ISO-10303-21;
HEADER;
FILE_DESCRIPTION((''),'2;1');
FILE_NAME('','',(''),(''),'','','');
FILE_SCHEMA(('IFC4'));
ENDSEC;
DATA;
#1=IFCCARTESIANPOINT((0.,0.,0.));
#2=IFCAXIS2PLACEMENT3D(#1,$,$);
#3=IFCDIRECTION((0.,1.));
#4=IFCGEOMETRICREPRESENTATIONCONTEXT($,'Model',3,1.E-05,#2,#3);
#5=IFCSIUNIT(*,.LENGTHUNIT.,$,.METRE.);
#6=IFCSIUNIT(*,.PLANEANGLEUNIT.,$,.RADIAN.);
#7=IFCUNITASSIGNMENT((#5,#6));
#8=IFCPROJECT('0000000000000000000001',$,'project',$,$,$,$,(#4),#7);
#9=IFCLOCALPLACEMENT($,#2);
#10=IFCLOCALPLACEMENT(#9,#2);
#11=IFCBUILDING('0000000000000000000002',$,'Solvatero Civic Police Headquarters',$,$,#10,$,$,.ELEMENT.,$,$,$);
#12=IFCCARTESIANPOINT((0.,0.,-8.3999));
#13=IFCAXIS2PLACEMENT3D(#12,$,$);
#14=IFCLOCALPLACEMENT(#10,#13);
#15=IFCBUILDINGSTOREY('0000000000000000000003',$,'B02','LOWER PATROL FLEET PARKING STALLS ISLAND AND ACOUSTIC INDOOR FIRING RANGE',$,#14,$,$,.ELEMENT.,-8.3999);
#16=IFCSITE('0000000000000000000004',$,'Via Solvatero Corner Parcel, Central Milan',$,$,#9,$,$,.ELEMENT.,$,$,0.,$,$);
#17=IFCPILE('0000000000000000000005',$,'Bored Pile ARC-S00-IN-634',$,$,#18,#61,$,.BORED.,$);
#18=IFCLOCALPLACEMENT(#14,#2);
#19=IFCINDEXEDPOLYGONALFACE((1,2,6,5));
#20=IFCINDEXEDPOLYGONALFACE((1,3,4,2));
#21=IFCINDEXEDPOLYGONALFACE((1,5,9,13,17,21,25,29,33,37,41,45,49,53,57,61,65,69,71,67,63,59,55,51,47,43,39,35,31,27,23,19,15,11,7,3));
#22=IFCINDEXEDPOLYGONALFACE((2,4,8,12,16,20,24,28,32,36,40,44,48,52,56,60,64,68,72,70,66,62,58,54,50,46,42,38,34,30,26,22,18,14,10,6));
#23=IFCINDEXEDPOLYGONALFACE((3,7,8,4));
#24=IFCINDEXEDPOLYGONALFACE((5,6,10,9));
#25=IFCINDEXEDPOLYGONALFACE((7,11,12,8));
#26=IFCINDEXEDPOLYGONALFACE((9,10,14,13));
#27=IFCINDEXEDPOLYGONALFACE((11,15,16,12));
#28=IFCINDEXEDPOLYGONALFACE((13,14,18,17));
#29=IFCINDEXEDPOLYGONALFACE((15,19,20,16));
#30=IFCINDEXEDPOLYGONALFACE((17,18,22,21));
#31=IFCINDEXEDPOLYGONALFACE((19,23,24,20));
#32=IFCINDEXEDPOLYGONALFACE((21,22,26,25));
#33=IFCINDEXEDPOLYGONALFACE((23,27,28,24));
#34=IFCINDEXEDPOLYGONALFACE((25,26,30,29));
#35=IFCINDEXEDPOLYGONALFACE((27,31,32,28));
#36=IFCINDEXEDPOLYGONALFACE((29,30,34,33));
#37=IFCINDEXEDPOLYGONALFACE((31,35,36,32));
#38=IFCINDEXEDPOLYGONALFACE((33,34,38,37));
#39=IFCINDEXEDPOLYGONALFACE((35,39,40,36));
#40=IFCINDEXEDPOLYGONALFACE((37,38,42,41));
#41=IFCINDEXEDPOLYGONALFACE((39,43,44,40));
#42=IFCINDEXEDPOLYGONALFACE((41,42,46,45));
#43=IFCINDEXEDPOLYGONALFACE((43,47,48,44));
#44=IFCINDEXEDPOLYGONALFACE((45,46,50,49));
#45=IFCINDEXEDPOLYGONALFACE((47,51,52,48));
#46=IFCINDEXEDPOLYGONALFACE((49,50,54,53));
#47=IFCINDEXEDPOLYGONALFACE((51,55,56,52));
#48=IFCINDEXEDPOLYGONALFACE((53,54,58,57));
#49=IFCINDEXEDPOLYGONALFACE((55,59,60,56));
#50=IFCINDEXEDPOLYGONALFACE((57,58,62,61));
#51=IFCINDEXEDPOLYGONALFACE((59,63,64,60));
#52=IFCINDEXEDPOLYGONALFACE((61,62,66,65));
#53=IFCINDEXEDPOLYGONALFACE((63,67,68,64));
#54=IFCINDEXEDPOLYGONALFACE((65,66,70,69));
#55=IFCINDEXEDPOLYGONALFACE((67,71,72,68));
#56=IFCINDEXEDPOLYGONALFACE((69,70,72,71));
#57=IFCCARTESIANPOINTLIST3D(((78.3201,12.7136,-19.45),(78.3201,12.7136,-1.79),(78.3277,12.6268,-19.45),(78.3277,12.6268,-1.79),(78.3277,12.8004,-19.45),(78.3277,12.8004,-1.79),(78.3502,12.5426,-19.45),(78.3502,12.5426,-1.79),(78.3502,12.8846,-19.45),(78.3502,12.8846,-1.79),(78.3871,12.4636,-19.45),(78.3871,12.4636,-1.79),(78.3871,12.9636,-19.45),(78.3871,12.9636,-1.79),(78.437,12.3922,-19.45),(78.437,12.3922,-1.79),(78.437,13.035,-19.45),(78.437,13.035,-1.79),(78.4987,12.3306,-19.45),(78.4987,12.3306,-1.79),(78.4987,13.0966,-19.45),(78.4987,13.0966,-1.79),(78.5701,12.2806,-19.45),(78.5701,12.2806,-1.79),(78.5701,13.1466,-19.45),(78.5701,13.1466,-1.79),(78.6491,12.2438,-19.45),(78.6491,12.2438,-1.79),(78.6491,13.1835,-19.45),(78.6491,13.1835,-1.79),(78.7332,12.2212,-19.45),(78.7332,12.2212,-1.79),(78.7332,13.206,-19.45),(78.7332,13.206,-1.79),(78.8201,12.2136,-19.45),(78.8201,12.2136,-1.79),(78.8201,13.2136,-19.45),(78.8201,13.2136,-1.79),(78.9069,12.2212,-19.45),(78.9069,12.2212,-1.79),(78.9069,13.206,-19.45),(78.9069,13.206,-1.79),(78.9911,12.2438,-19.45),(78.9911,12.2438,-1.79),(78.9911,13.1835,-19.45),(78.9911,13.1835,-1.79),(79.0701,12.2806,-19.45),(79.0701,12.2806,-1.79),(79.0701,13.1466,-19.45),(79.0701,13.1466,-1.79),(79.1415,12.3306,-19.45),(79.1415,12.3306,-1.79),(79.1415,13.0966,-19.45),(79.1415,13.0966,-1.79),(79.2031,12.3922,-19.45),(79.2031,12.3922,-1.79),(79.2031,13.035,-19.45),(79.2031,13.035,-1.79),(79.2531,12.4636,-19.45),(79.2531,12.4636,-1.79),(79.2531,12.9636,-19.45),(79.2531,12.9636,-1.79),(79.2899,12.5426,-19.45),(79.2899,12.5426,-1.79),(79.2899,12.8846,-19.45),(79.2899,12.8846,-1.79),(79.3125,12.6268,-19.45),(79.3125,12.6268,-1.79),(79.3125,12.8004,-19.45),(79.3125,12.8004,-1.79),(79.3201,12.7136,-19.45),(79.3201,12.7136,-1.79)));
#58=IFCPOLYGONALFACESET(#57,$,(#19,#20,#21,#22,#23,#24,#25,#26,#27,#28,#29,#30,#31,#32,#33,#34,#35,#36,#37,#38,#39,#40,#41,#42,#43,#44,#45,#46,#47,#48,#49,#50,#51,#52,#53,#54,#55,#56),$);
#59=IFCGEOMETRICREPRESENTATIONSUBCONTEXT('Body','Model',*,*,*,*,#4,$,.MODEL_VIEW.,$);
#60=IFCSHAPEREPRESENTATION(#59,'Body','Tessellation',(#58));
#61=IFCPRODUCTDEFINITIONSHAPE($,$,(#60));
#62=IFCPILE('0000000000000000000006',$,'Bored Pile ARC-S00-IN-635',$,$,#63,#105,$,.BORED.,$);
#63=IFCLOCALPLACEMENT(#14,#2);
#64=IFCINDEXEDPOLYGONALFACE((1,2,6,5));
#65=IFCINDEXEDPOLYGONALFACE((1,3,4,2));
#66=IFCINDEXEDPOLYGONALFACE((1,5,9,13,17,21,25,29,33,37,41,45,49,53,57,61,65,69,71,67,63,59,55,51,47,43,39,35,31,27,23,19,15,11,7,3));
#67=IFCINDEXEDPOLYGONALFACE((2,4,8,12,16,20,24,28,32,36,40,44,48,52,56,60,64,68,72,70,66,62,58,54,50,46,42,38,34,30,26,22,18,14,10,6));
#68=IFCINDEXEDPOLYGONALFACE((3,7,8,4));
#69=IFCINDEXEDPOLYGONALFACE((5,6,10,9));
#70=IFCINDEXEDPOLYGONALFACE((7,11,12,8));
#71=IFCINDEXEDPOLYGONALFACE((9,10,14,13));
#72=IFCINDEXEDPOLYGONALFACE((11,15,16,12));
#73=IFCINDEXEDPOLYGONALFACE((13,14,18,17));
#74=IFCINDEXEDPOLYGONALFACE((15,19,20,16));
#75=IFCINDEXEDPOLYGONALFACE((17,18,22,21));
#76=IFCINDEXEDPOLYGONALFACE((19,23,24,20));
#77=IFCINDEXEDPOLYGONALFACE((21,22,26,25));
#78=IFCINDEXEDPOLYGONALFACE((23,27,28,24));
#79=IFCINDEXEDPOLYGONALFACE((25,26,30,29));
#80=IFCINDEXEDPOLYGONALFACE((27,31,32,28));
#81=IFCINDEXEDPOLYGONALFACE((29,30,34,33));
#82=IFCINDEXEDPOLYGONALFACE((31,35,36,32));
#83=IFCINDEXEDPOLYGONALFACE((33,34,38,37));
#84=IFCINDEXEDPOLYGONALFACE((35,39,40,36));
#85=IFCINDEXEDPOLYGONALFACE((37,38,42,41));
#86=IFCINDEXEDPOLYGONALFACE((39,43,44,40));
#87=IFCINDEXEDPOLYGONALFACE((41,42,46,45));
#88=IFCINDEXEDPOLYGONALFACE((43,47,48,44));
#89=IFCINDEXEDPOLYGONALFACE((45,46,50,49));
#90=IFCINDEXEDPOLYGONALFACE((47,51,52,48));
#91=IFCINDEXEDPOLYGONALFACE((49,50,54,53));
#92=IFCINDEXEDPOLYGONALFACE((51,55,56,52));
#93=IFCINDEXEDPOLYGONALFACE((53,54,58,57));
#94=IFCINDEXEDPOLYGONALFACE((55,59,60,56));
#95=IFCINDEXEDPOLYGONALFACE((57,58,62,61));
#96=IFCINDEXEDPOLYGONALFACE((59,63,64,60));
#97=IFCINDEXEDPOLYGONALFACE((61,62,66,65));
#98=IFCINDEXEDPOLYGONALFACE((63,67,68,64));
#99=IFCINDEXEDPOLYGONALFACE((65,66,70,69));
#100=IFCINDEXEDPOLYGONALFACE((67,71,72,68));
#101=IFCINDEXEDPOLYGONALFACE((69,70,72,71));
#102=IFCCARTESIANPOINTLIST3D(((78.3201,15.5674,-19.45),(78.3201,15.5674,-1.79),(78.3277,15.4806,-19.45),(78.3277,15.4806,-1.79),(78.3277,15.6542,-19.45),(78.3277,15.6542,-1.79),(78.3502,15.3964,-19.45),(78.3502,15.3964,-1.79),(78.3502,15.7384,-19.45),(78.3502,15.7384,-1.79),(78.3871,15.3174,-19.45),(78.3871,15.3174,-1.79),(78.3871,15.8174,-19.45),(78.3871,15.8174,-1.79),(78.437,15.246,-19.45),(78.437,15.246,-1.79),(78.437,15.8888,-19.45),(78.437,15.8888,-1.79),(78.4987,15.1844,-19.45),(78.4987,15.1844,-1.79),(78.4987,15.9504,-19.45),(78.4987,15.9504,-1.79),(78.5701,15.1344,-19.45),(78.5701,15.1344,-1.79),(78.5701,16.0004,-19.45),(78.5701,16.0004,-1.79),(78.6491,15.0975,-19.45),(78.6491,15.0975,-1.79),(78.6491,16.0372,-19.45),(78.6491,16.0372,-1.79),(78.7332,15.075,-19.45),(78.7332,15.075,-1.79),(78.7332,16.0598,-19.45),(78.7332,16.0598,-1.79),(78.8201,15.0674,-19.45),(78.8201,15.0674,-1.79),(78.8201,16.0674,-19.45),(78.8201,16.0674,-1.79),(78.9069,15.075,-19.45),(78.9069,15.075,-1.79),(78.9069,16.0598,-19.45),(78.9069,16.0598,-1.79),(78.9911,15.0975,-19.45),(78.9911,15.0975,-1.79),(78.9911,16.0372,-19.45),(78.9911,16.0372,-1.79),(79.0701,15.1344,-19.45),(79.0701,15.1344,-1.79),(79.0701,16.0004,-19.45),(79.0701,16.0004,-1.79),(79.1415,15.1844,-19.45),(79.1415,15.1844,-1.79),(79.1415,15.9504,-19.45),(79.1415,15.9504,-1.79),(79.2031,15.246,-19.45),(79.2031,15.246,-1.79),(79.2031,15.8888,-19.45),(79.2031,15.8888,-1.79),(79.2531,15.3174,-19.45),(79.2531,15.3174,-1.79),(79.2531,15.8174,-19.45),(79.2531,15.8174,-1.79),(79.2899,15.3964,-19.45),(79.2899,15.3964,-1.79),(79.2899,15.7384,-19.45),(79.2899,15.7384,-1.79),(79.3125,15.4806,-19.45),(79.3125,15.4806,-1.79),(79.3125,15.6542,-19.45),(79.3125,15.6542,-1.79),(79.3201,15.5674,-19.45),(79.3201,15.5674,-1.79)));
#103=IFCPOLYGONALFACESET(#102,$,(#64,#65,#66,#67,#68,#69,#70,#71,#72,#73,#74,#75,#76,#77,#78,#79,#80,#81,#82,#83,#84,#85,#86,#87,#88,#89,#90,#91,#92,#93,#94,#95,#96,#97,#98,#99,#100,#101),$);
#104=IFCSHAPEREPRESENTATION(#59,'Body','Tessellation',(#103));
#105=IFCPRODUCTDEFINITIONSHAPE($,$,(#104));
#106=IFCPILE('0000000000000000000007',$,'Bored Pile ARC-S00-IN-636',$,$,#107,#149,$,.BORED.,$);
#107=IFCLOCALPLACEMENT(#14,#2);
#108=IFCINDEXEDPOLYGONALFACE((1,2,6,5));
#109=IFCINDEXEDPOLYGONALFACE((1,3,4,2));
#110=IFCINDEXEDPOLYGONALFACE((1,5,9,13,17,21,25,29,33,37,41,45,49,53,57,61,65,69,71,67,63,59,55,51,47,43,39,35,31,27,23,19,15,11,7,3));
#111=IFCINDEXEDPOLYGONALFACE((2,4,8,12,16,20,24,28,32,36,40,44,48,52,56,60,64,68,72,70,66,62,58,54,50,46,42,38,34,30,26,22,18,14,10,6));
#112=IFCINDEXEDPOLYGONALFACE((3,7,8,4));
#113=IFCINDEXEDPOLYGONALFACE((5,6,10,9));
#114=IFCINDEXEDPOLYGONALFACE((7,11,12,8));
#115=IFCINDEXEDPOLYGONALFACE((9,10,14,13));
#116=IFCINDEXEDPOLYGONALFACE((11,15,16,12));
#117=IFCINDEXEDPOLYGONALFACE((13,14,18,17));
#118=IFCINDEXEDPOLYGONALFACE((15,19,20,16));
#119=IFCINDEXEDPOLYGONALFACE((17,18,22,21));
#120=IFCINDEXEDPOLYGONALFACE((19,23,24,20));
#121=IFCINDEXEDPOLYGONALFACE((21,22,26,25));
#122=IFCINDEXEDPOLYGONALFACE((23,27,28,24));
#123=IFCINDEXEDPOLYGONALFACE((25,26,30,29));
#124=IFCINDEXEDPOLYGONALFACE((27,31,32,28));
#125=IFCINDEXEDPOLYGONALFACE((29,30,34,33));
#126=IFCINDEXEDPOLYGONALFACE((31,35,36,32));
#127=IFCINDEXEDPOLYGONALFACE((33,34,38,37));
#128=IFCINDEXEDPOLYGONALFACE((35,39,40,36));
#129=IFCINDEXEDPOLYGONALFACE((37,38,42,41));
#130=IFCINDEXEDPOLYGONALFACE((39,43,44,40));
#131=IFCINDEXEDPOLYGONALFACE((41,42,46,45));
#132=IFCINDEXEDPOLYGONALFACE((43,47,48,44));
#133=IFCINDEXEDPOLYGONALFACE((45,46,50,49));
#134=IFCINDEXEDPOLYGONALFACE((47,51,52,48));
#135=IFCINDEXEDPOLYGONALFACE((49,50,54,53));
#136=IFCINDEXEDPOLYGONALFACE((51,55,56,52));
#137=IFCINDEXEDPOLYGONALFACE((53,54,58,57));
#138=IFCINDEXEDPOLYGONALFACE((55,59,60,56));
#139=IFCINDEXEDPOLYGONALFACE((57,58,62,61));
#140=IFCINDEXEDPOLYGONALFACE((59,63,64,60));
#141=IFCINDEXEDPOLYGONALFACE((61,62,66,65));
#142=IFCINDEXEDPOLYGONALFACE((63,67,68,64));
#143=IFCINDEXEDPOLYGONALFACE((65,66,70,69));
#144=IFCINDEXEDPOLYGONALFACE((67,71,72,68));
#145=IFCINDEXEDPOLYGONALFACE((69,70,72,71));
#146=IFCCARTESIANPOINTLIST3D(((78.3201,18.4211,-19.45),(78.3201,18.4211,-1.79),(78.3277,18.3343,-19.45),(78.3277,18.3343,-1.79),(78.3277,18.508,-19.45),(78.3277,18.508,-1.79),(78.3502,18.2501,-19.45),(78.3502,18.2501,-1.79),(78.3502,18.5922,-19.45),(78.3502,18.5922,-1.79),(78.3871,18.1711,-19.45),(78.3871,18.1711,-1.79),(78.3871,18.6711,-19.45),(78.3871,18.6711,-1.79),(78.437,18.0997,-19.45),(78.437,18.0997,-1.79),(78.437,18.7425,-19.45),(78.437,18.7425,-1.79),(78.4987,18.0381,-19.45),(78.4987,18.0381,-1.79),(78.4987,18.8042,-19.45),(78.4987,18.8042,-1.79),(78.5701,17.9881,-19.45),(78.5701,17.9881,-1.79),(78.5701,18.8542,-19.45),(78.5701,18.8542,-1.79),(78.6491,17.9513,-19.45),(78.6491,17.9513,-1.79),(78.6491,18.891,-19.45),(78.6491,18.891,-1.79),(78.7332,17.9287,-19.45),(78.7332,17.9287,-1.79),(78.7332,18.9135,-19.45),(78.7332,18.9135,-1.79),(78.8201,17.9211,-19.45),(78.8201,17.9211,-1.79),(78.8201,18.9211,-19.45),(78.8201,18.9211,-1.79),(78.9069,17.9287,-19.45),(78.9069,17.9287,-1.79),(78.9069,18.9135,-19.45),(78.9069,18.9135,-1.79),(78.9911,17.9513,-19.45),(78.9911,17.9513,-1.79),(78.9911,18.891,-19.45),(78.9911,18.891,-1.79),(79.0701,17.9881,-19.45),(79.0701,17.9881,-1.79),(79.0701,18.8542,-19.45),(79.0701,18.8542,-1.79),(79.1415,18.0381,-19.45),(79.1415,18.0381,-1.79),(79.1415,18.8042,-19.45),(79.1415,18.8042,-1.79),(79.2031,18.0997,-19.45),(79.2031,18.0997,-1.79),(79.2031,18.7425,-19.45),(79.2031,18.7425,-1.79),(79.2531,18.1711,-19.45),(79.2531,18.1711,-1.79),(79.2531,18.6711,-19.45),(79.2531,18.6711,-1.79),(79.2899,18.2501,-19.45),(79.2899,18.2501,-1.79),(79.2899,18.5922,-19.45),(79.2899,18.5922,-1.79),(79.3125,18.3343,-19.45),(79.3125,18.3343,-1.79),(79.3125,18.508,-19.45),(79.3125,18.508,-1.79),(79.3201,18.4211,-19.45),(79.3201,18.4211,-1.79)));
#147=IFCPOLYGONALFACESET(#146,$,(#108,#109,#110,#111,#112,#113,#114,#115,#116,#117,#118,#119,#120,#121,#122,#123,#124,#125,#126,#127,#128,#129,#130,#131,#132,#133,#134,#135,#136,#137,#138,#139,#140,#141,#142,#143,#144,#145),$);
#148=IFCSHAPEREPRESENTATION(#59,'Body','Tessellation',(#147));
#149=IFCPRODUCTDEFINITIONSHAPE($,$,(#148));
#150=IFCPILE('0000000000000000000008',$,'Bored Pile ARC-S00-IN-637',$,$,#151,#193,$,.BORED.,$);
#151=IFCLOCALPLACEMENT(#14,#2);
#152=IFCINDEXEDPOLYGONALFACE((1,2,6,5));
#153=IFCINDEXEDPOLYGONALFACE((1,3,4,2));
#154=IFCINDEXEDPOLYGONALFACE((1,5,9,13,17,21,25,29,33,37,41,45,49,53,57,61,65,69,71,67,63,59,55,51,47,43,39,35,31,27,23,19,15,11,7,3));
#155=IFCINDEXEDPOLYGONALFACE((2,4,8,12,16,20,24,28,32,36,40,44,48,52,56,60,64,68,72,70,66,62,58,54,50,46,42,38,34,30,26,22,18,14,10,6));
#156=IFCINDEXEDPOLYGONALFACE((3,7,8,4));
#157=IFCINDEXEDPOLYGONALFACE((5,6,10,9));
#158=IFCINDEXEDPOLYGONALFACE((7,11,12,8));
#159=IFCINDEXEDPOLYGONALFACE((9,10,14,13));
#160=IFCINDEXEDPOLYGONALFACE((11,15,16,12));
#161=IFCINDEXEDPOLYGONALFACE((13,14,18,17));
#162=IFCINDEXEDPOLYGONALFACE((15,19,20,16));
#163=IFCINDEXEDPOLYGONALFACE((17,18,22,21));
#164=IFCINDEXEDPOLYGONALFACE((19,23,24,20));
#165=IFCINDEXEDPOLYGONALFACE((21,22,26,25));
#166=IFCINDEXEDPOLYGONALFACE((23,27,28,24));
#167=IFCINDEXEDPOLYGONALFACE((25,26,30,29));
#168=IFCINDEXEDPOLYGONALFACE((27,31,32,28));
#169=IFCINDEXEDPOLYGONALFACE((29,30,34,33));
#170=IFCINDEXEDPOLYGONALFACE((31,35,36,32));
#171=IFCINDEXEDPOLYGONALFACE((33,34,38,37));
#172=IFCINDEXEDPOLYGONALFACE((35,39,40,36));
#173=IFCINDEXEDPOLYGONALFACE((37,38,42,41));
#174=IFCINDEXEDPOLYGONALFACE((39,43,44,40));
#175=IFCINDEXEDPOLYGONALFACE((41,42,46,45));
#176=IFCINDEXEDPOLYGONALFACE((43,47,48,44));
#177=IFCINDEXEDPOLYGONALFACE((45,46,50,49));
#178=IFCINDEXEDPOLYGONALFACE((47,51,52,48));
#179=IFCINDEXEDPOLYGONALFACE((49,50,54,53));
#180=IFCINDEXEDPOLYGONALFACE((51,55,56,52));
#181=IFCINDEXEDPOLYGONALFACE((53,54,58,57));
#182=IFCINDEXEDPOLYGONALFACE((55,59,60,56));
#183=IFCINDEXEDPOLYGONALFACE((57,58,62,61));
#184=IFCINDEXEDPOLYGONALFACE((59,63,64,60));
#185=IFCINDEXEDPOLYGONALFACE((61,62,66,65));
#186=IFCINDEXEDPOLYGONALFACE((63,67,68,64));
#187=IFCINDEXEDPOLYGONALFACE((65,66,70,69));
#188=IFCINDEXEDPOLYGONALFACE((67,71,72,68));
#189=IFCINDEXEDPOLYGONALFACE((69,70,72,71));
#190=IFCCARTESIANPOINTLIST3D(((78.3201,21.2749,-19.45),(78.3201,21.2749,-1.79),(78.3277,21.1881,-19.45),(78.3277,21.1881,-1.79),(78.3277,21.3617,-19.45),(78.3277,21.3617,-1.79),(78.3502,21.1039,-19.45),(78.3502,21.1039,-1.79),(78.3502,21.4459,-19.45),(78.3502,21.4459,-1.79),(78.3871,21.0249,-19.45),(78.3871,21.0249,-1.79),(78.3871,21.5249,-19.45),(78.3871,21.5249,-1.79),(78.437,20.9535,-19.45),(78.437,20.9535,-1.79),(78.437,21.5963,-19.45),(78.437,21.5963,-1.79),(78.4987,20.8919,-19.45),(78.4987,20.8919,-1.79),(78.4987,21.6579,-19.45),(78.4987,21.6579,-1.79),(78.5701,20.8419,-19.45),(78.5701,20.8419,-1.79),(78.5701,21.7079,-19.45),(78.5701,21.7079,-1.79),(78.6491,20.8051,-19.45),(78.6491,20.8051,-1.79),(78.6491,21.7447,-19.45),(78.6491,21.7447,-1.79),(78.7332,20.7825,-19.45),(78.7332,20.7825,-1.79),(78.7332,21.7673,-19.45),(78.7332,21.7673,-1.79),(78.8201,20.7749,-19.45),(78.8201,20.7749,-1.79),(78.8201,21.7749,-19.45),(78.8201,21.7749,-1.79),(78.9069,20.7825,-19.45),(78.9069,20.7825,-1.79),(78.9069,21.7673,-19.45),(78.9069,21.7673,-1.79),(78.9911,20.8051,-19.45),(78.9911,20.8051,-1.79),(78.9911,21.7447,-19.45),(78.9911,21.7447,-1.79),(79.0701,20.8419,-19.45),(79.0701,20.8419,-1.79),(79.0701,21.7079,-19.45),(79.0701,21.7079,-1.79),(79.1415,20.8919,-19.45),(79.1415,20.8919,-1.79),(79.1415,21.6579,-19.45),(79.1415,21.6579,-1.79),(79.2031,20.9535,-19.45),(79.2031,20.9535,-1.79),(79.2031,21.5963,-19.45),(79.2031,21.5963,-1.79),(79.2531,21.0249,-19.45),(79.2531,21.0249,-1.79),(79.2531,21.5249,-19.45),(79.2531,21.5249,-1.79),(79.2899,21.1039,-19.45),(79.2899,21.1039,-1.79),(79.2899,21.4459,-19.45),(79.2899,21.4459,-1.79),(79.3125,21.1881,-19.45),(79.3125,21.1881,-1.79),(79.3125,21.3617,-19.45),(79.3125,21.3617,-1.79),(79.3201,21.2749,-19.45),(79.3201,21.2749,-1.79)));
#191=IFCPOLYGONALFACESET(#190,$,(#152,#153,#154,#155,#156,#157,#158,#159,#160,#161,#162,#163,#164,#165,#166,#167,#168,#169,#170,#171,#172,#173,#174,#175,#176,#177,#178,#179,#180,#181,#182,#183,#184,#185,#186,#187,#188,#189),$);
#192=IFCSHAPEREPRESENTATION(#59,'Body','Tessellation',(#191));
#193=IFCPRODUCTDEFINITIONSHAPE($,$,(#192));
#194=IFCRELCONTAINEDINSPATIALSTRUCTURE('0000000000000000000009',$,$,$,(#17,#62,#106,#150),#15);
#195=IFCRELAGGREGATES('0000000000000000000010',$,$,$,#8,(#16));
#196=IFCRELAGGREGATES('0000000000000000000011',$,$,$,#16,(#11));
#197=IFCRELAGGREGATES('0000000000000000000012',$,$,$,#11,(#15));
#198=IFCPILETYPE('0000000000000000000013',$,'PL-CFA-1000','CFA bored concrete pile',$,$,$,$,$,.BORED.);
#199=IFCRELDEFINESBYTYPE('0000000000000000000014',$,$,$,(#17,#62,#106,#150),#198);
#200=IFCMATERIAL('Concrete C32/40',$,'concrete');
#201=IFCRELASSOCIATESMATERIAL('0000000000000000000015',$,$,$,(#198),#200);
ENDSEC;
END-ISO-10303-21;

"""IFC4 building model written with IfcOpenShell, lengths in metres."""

from ifc_helpers import new_model, si_unit, direction, frame, origin, origin_2d, place, context, subcontext, project, spatial, circle, extrude, material, material_profile, profile_set, type_object, element, save


model = new_model("IFC4")

# Units and contexts
model_context = context("Model", 3, precision=1e-05, world=origin(), true_north=direction((0.0, 1.0)))
body_context = subcontext(model_context, "Body", "Model", "MODEL_VIEW")
ifc_project = project(units=[si_unit("LENGTHUNIT", "METRE"), si_unit("PLANEANGLEUNIT", "RADIAN")], contexts=[model_context])

# Site, building, storey
site_placement = place(None, origin())
site = spatial("IfcSite", under=ifc_project, at=site_placement, Name="Via Solvatero Corner Parcel, Central Milan", CompositionType="ELEMENT", RefElevation=0.0)
building_placement = place(site_placement, origin())
building = spatial("IfcBuilding", under=site, at=building_placement, Name="Solvatero Civic Police Headquarters", CompositionType="ELEMENT")
storey_placement = place(building_placement, frame((0.0, 0.0, -8.3999)))
storey = spatial("IfcBuildingStorey", under=building, at=storey_placement, Name="B02", Description="LOWER PATROL FLEET PARKING STALLS ISLAND AND ACOUSTIC INDOOR FIRING RANGE", CompositionType="ELEMENT", Elevation=-8.3999)

# Piles
ifc_material_1 = material(Name="Concrete C32/40", Category="concrete")
ifc_material_profile_1 = material_profile(ifc_material_1, circle(Radius=0.5, at=origin_2d()), Name="CFA PILE D1000")
ifc_profile_set_1 = profile_set([ifc_material_profile_1], Name="Concrete C32/40")
pile_type = type_object("IfcPileType", Name="PL-CFA-1000", Description="CFA bored concrete pile", PredefinedType="BORED", material=ifc_profile_set_1)
for number, where, z_axis, x_axis, name in (
    (1, (78.8201, 12.7136, -1.79), (0.0, 0.0, -1.0), (1.0, 0.0, 0.0), "Bored Pile ARC-S00-IN-634"),
    (2, (78.8201, 15.5674, -1.79), (0.0, 0.0, -1.0), (1.0, 0.0, 0.0), "Bored Pile ARC-S00-IN-635"),
    (3, (78.8201, 18.4211, -1.79), (0.0, 0.0, -1.0), (1.0, 0.0, 0.0), "Bored Pile ARC-S00-IN-636"),
    (4, (78.8201, 21.2749, -1.79), (0.0, 0.0, -1.0), (1.0, 0.0, 0.0), "Bored Pile ARC-S00-IN-637"),
):
    element("IfcPile", number, at=place(storey_placement, frame(where, z_axis=z_axis, x_axis=x_axis)), inside=storey, type_object=pile_type, Name=name, PredefinedType="BORED", context=body_context, shape_type="SweptSolid", body=[
        extrude(circle(Radius=0.5, at=origin_2d()), origin(), (0.0, 0.0, 1.0), 17.6599),
    ])

save(model, "model.ifc")
